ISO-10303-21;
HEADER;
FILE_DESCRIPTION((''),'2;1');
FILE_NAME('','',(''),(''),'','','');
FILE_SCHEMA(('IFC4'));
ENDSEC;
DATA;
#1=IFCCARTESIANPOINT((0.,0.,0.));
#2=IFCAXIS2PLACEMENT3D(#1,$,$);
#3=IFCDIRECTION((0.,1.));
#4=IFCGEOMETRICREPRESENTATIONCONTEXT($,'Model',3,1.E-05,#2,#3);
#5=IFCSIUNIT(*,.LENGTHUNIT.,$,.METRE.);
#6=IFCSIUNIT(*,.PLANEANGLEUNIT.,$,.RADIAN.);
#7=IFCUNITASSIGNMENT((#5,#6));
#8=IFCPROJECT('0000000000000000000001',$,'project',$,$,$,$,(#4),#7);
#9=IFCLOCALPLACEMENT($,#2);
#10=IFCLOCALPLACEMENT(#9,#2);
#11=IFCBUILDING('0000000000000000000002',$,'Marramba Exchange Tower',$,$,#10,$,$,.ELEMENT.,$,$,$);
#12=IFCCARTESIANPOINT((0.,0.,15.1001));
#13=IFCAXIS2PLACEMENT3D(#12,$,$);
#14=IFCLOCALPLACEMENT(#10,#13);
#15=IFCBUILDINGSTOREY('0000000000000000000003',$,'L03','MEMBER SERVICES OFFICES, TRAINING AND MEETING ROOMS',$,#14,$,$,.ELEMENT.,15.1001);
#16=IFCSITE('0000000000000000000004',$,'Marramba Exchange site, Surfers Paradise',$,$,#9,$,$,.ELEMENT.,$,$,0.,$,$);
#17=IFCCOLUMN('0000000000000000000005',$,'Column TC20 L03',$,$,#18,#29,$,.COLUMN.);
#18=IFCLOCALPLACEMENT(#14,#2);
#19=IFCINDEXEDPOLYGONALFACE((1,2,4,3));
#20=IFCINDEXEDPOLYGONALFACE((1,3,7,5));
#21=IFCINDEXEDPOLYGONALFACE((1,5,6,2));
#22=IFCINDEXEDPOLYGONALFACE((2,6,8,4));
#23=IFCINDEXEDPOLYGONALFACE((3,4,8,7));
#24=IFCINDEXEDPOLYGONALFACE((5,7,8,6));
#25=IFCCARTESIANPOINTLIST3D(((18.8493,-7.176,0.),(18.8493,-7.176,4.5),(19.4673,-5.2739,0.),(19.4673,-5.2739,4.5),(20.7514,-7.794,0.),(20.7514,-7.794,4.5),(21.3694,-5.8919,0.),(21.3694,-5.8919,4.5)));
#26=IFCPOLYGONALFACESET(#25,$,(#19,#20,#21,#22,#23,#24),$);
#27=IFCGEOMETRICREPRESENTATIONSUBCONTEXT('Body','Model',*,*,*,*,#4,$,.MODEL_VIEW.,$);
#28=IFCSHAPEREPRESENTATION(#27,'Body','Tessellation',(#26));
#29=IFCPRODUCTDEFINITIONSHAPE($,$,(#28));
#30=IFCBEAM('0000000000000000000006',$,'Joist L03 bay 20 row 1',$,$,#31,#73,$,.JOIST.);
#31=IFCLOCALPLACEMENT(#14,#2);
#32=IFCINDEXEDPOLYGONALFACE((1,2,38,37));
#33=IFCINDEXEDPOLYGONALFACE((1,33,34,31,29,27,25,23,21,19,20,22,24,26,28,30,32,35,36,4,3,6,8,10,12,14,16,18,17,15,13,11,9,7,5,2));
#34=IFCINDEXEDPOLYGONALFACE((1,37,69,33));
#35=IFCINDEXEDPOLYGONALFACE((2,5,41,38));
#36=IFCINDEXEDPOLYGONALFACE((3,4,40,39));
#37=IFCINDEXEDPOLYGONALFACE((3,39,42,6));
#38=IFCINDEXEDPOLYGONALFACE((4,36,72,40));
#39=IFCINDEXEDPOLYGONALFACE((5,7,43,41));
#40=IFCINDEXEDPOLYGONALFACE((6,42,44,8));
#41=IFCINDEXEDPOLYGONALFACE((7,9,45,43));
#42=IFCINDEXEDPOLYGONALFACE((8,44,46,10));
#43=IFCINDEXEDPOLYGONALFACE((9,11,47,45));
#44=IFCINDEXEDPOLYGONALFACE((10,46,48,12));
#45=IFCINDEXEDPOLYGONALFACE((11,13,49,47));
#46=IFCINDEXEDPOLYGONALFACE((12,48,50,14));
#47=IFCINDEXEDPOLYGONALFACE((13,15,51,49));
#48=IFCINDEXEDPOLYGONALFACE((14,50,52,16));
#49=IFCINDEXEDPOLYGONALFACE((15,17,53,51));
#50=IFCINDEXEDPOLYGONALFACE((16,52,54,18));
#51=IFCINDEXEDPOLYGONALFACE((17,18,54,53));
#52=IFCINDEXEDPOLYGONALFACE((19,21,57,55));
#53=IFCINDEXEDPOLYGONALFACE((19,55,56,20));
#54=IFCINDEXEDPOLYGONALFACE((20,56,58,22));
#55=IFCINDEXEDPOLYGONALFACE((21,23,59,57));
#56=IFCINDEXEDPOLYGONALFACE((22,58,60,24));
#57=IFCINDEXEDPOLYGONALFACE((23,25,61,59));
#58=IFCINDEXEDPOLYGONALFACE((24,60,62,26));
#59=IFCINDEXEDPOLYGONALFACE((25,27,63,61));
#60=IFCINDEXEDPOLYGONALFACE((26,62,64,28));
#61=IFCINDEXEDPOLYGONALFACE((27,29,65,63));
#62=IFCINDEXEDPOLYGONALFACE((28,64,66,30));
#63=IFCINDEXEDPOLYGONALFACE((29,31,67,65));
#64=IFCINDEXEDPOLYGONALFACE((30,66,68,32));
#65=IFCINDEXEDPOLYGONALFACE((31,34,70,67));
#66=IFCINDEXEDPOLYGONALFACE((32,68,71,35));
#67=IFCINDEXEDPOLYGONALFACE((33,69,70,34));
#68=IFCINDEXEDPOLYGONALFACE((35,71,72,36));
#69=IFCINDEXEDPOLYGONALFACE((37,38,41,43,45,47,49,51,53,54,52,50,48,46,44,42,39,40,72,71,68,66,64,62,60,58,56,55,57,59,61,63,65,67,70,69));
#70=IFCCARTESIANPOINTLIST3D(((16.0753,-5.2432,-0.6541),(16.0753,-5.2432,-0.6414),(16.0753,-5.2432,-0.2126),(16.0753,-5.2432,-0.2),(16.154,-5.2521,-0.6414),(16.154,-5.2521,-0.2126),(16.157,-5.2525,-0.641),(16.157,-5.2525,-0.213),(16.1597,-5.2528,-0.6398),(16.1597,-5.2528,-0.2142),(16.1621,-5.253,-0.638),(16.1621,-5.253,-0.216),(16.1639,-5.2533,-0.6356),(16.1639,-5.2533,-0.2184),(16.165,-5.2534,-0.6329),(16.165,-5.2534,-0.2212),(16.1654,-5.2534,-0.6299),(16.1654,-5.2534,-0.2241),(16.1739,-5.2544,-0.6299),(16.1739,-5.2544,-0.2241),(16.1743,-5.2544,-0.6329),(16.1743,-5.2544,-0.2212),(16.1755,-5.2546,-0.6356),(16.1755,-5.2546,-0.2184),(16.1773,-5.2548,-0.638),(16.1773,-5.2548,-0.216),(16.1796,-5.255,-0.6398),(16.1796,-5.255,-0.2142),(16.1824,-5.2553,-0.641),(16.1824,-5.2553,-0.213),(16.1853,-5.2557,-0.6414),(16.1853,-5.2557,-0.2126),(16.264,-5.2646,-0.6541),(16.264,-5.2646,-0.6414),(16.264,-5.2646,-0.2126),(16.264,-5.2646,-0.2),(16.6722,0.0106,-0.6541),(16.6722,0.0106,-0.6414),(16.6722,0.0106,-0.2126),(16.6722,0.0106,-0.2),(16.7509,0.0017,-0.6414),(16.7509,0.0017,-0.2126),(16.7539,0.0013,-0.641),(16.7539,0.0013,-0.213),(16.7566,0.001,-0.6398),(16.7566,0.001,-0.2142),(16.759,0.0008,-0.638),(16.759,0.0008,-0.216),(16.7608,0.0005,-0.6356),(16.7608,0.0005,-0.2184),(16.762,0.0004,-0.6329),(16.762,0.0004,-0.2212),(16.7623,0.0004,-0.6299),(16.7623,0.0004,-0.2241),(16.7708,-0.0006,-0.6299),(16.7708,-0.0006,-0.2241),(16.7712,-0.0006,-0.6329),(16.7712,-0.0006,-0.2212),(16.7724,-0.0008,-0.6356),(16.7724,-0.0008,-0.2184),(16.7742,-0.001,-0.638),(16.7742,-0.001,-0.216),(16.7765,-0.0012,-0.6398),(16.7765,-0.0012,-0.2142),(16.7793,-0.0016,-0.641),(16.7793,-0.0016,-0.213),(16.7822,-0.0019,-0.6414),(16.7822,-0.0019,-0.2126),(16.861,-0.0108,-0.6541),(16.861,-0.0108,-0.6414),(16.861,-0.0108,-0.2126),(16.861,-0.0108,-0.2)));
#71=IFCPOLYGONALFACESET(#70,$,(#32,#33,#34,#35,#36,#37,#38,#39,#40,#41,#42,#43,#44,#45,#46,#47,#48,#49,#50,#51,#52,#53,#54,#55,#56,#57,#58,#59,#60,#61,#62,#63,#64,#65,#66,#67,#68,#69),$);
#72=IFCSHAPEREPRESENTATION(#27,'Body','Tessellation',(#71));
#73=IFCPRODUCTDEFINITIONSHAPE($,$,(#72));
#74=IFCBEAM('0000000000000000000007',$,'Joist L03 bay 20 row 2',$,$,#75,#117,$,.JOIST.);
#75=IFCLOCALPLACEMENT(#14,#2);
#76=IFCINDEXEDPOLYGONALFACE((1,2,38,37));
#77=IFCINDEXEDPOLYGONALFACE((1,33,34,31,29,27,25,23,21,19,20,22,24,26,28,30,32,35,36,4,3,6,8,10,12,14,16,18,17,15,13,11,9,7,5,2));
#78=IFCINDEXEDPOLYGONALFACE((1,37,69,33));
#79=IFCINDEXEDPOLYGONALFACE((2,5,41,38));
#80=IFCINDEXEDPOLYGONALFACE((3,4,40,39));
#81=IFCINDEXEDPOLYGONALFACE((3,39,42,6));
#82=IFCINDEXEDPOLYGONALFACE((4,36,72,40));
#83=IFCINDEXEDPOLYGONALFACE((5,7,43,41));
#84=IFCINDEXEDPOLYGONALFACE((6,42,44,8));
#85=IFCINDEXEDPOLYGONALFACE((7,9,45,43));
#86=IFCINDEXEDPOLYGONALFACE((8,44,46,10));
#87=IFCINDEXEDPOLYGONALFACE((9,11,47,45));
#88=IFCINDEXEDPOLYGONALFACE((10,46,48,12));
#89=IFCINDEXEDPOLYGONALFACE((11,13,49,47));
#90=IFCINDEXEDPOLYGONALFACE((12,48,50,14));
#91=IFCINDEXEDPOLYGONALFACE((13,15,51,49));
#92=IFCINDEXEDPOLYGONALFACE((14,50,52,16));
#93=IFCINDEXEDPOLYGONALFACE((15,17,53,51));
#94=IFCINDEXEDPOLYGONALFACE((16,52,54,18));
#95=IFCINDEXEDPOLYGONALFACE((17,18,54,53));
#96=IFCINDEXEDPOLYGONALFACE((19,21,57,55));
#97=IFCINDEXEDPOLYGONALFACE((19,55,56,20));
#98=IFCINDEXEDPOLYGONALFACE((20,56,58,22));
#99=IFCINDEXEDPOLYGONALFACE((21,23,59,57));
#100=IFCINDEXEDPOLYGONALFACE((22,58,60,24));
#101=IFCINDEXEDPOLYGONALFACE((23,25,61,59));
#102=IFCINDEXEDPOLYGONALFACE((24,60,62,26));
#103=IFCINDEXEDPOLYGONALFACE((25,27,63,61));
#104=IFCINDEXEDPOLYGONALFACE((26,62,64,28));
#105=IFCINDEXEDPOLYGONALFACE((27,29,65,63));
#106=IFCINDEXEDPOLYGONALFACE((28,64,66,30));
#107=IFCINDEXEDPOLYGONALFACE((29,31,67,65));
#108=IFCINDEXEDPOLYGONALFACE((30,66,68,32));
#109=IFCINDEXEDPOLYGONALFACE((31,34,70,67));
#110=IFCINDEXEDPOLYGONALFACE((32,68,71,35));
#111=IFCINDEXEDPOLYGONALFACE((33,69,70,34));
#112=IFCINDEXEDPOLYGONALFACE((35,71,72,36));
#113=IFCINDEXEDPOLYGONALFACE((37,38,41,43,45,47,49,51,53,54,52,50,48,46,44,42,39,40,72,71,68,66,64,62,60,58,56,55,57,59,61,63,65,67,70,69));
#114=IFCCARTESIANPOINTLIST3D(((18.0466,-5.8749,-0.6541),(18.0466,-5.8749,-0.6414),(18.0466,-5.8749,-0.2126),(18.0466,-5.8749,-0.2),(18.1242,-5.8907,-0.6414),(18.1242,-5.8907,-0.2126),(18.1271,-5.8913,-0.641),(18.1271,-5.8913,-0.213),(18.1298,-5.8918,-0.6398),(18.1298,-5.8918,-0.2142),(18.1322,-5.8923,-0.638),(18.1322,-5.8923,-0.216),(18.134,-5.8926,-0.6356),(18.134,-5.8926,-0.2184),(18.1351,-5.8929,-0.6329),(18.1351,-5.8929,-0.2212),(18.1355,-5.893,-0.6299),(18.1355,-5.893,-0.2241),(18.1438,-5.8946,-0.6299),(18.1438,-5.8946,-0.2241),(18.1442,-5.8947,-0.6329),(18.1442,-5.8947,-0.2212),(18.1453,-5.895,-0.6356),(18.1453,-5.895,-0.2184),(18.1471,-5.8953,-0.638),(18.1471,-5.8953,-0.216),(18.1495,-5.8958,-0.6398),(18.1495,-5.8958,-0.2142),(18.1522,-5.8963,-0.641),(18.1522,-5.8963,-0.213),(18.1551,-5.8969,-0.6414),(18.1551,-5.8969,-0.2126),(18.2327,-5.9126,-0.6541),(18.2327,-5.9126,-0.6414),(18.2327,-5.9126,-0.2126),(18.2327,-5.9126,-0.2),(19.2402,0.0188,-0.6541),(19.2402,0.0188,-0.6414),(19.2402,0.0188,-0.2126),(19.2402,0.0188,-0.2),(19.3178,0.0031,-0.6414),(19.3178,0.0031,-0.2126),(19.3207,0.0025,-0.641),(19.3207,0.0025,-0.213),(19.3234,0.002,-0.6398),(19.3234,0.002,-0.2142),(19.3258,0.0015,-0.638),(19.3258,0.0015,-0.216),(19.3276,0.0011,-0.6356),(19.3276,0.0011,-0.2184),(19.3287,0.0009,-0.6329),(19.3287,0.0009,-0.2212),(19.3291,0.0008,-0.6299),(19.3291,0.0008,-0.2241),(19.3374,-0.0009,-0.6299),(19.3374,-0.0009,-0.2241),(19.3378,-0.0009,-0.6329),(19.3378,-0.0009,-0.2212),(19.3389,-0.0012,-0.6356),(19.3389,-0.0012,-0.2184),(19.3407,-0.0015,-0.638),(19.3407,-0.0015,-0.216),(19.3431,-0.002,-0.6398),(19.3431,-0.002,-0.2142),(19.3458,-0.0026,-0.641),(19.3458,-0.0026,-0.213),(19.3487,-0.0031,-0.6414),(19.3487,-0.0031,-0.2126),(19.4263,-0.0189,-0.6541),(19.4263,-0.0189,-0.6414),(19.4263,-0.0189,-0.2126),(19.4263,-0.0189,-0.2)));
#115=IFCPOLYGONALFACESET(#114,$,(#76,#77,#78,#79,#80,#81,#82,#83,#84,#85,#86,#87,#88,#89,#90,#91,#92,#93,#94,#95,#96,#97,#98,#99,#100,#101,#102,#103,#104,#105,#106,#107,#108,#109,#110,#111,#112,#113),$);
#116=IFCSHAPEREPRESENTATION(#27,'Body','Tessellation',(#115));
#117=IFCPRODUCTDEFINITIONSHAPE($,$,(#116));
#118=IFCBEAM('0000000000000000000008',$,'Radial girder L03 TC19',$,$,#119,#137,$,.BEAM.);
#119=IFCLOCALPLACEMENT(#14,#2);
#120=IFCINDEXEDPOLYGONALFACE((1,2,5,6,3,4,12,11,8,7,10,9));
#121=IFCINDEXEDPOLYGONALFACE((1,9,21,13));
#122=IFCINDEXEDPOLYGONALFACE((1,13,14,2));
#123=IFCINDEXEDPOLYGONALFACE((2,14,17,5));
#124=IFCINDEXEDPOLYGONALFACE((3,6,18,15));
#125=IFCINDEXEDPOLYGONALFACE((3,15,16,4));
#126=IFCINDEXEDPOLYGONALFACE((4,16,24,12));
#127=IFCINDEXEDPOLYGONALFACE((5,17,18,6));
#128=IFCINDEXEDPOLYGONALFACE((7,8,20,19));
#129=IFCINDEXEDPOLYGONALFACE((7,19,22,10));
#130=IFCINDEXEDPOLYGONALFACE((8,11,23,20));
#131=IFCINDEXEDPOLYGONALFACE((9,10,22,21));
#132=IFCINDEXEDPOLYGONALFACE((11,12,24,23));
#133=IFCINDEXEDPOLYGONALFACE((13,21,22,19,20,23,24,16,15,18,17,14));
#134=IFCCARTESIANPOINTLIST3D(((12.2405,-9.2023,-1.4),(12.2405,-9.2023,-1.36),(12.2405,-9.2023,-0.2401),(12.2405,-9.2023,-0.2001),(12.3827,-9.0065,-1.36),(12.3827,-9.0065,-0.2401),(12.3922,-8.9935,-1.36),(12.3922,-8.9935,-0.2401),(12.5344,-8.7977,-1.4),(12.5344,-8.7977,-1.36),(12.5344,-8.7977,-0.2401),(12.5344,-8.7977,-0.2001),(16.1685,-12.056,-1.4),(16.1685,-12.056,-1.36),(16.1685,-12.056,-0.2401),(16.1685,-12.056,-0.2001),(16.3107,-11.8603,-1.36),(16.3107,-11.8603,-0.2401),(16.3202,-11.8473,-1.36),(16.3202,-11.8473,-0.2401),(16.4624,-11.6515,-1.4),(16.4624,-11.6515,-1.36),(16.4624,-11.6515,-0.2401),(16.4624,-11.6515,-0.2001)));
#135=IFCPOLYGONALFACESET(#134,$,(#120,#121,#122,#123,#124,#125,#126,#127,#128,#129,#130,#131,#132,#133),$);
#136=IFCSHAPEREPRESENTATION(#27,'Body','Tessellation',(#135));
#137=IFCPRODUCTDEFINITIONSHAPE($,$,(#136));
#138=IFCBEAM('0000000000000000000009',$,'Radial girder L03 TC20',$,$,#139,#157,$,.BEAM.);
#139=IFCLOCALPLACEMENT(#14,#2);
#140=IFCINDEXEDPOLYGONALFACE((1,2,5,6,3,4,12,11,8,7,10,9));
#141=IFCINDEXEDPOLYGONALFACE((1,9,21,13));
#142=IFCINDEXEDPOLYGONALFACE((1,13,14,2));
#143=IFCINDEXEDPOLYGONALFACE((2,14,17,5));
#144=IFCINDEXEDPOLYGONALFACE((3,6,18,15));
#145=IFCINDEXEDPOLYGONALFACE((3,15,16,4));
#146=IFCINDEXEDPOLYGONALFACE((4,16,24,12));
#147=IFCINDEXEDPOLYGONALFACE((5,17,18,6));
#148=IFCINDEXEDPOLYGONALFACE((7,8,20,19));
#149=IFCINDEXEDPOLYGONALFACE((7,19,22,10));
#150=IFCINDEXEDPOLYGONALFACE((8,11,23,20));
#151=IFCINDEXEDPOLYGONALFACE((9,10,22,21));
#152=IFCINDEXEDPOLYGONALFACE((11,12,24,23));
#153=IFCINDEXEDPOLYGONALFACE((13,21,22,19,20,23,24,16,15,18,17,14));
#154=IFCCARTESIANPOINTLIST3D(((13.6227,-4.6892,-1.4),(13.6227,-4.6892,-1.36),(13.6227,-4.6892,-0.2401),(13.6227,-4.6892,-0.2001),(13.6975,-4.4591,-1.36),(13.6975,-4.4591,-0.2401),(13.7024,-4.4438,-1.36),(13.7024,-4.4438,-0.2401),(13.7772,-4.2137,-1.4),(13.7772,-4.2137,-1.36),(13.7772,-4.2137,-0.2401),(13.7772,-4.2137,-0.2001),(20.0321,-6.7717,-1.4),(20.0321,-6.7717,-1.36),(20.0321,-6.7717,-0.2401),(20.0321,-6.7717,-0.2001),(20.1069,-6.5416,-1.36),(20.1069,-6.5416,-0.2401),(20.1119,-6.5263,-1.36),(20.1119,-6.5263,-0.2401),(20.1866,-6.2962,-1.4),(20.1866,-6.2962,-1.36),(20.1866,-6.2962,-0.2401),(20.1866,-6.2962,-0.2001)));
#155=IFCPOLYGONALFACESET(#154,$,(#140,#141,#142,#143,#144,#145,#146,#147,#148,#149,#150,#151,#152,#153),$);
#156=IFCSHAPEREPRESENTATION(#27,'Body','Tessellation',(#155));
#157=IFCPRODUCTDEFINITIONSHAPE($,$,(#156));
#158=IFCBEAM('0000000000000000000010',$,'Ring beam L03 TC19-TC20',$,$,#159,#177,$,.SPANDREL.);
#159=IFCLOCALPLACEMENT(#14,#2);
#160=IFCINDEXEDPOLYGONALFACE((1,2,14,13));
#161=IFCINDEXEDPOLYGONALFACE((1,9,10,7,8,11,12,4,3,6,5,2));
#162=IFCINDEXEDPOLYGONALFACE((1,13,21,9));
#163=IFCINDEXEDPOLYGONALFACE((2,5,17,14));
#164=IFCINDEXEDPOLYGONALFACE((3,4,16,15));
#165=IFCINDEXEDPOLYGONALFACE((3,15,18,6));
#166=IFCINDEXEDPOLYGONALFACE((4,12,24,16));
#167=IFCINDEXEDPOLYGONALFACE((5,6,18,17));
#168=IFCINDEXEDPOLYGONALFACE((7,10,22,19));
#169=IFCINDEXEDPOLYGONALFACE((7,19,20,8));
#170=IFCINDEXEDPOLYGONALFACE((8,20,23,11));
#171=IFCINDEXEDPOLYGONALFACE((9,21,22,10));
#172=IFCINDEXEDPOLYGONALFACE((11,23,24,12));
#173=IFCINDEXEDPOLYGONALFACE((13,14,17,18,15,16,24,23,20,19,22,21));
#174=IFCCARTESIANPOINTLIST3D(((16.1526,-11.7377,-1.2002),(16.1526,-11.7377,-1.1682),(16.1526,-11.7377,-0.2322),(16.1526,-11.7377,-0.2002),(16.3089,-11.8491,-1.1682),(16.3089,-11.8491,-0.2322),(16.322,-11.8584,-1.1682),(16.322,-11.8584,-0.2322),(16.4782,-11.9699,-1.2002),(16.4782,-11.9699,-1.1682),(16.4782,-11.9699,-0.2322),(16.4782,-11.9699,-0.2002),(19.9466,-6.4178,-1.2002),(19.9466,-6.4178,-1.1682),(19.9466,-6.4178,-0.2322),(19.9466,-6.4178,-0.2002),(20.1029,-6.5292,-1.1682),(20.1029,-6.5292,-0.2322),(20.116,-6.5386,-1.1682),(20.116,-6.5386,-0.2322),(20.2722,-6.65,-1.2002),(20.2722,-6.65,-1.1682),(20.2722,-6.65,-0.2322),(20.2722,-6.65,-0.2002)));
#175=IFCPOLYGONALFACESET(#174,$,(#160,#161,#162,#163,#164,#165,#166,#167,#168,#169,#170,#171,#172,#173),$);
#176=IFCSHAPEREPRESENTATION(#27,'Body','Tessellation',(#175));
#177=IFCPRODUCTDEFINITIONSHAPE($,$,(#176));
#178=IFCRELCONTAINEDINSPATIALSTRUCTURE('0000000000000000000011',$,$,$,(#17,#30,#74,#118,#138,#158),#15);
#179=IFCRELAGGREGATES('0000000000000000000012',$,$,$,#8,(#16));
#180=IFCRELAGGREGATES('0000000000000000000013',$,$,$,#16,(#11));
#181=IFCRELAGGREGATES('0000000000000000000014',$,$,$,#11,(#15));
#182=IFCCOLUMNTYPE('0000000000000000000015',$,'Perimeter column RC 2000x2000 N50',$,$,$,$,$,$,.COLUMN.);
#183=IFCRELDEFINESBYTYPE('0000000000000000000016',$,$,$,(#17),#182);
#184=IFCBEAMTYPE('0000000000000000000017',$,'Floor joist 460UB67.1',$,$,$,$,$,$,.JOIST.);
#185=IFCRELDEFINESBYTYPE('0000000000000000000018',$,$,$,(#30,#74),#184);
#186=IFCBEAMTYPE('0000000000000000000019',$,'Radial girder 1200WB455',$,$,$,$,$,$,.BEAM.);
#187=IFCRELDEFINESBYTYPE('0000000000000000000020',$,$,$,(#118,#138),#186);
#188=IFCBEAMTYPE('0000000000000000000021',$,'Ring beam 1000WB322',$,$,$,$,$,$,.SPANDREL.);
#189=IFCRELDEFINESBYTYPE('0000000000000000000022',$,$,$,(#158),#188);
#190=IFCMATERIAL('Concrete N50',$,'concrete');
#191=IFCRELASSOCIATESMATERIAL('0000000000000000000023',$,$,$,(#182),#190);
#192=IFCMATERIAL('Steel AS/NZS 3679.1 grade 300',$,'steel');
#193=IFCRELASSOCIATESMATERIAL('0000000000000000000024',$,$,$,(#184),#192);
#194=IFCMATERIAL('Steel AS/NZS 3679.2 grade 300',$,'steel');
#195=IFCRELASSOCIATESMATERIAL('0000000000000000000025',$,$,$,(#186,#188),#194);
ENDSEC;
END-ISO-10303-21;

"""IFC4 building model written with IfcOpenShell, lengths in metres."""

from ifc_helpers import new_model, si_unit, direction, frame, origin, origin_2d, place, context, subcontext, project, spatial, rectangle, i_section, extrude, material, material_profile, profile_set, type_object, element, save


model = new_model("IFC4")

# Units and contexts
model_context = context("Model", 3, precision=1e-05, world=origin(), true_north=direction((0.0, 1.0)))
body_context = subcontext(model_context, "Body", "Model", "MODEL_VIEW")
ifc_project = project(units=[si_unit("LENGTHUNIT", "METRE"), si_unit("PLANEANGLEUNIT", "RADIAN")], contexts=[model_context])

# Site, building, storey
site_placement = place(None, origin())
site = spatial("IfcSite", under=ifc_project, at=site_placement, Name="Marramba Exchange site, Surfers Paradise", CompositionType="ELEMENT", RefElevation=0.0)
building_placement = place(site_placement, origin())
building = spatial("IfcBuilding", under=site, at=building_placement, Name="Marramba Exchange Tower", CompositionType="ELEMENT")
storey_placement = place(building_placement, frame((0.0, 0.0, 15.1001)))
storey = spatial("IfcBuildingStorey", under=building, at=storey_placement, Name="L03", Description="MEMBER SERVICES OFFICES, TRAINING AND MEETING ROOMS", CompositionType="ELEMENT", Elevation=15.1001)

# Column
ifc_material_1 = material(Name="Concrete N50", Category="concrete")
ifc_material_profile_1 = material_profile(ifc_material_1, rectangle(XDim=2.0, YDim=2.0, at=origin_2d()), Name="RC 2000x2000")
ifc_profile_set_1 = profile_set([ifc_material_profile_1], Name="Concrete N50")
column_type = type_object("IfcColumnType", Name="Perimeter column RC 2000x2000 N50", PredefinedType="COLUMN", material=ifc_profile_set_1)
column_placement = place(storey_placement, frame((20.1094, -6.5339, 0.0), z_axis=(0.0, 0.0, 1.0), x_axis=(0.951057, -0.309017, 0.0)))
element("IfcColumn", 1, at=column_placement, inside=storey, type_object=column_type, Name="Column TC20 L03", PredefinedType="COLUMN", context=body_context, shape_type="SweptSolid", body=[
    extrude(rectangle(XDim=2.0, YDim=2.0, at=origin_2d()), origin(), (0.0, 0.0, 1.0), 4.5),
])

# Beams
ifc_material_2 = material(Name="Steel AS/NZS 3679.1 grade 300", Category="steel")
ifc_material_profile_2 = material_profile(ifc_material_2, i_section(OverallWidth=0.1899, OverallDepth=0.4541, WebThickness=0.0085, FlangeThickness=0.0127, FilletRadius=0.0115, at=origin_2d()), Name="460UB67.1")
ifc_profile_set_2 = profile_set([ifc_material_profile_2], Name="Steel AS/NZS 3679.1 grade 300")
beam_type_1 = type_object("IfcBeamType", Name="Floor joist 460UB67.1", PredefinedType="JOIST", material=ifc_profile_set_2)
beam_1_placement = place(storey_placement, frame((16.1697, -5.2539, -0.427), z_axis=(0.112889, 0.993608, 0.0), x_axis=(-0.993608, 0.112889, 0.0)))
element("IfcBeam", 2, at=beam_1_placement, inside=storey, type_object=beam_type_1, Name="Joist L03 bay 20 row 1", PredefinedType="JOIST", context=body_context, shape_type="SweptSolid", body=[
    extrude(i_section(OverallWidth=0.1899, OverallDepth=0.4541, WebThickness=0.0085, FlangeThickness=0.0127, FilletRadius=0.0115, at=origin_2d()), origin(), (0.0, 0.0, 1.0), 5.2876),
])
beam_2_placement = place(storey_placement, frame((18.1396, -5.8938, -0.427), z_axis=(0.198489, 0.980103, 0.0), x_axis=(-0.980103, 0.198489, 0.0)))
element("IfcBeam", 3, at=beam_2_placement, inside=storey, type_object=beam_type_1, Name="Joist L03 bay 20 row 2", PredefinedType="JOIST", context=body_context, shape_type="SweptSolid", body=[
    extrude(i_section(OverallWidth=0.1899, OverallDepth=0.4541, WebThickness=0.0085, FlangeThickness=0.0127, FilletRadius=0.0115, at=origin_2d()), origin(), (0.0, 0.0, 1.0), 6.0134),
])
ifc_material_3 = material(Name="Steel AS/NZS 3679.2 grade 300", Category="steel")
ifc_material_profile_3 = material_profile(ifc_material_3, i_section(OverallWidth=0.5, OverallDepth=1.2, WebThickness=0.0161, FlangeThickness=0.04, at=origin_2d()), Name="1200WB455")
ifc_profile_set_3 = profile_set([ifc_material_profile_3], Name="Steel AS/NZS 3679.2 grade 300")
beam_type_2 = type_object("IfcBeamType", Name="Radial girder 1200WB455", PredefinedType="BEAM", material=ifc_profile_set_3)
beam_3_placement = place(storey_placement, frame((12.3875, -9.0, -0.8), z_axis=(0.809025, -0.587774, 0.0), x_axis=(0.587774, 0.809025, 0.0)))
element("IfcBeam", 4, at=beam_3_placement, inside=storey, type_object=beam_type_2, Name="Radial girder L03 TC19", PredefinedType="BEAM", context=body_context, shape_type="SweptSolid", body=[
    extrude(i_section(OverallWidth=0.5, OverallDepth=1.2, WebThickness=0.0161, FlangeThickness=0.04, at=origin_2d()), origin(), (0.0, 0.0, 1.0), 4.8552),
])
beam_4_placement = place(storey_placement, frame((13.7, -4.4514, -0.8), z_axis=(0.951058, -0.309013, 0.0), x_axis=(0.309013, 0.951058, 0.0)))
element("IfcBeam", 5, at=beam_4_placement, inside=storey, type_object=beam_type_2, Name="Radial girder L03 TC20", PredefinedType="BEAM", context=body_context, shape_type="SweptSolid", body=[
    extrude(i_section(OverallWidth=0.5, OverallDepth=1.2, WebThickness=0.0161, FlangeThickness=0.04, at=origin_2d()), origin(), (0.0, 0.0, 1.0), 6.7393),
])
ifc_material_profile_4 = material_profile(ifc_material_3, i_section(OverallWidth=0.3999, OverallDepth=1.0, WebThickness=0.0161, FlangeThickness=0.032, at=origin_2d()), Name="1000WB322")
ifc_profile_set_4 = profile_set([ifc_material_profile_4], Name="Steel AS/NZS 3679.2 grade 300")
beam_type_3 = type_object("IfcBeamType", Name="Ring beam 1000WB322", PredefinedType="SPANDREL", material=ifc_profile_set_4)
beam_5_placement = place(storey_placement, frame((16.3154, -11.8538, -0.7002), z_axis=(0.580637, 0.814162, 0.0), x_axis=(-0.814162, 0.580637, 0.0)))
element("IfcBeam", 6, at=beam_5_placement, inside=storey, type_object=beam_type_3, Name="Ring beam L03 TC19-TC20", PredefinedType="SPANDREL", context=body_context, shape_type="SweptSolid", body=[
    extrude(i_section(OverallWidth=0.3999, OverallDepth=1.0, WebThickness=0.0161, FlangeThickness=0.032, at=origin_2d()), origin(), (0.0, 0.0, 1.0), 6.5342),
])

save(model, "model.ifc")
